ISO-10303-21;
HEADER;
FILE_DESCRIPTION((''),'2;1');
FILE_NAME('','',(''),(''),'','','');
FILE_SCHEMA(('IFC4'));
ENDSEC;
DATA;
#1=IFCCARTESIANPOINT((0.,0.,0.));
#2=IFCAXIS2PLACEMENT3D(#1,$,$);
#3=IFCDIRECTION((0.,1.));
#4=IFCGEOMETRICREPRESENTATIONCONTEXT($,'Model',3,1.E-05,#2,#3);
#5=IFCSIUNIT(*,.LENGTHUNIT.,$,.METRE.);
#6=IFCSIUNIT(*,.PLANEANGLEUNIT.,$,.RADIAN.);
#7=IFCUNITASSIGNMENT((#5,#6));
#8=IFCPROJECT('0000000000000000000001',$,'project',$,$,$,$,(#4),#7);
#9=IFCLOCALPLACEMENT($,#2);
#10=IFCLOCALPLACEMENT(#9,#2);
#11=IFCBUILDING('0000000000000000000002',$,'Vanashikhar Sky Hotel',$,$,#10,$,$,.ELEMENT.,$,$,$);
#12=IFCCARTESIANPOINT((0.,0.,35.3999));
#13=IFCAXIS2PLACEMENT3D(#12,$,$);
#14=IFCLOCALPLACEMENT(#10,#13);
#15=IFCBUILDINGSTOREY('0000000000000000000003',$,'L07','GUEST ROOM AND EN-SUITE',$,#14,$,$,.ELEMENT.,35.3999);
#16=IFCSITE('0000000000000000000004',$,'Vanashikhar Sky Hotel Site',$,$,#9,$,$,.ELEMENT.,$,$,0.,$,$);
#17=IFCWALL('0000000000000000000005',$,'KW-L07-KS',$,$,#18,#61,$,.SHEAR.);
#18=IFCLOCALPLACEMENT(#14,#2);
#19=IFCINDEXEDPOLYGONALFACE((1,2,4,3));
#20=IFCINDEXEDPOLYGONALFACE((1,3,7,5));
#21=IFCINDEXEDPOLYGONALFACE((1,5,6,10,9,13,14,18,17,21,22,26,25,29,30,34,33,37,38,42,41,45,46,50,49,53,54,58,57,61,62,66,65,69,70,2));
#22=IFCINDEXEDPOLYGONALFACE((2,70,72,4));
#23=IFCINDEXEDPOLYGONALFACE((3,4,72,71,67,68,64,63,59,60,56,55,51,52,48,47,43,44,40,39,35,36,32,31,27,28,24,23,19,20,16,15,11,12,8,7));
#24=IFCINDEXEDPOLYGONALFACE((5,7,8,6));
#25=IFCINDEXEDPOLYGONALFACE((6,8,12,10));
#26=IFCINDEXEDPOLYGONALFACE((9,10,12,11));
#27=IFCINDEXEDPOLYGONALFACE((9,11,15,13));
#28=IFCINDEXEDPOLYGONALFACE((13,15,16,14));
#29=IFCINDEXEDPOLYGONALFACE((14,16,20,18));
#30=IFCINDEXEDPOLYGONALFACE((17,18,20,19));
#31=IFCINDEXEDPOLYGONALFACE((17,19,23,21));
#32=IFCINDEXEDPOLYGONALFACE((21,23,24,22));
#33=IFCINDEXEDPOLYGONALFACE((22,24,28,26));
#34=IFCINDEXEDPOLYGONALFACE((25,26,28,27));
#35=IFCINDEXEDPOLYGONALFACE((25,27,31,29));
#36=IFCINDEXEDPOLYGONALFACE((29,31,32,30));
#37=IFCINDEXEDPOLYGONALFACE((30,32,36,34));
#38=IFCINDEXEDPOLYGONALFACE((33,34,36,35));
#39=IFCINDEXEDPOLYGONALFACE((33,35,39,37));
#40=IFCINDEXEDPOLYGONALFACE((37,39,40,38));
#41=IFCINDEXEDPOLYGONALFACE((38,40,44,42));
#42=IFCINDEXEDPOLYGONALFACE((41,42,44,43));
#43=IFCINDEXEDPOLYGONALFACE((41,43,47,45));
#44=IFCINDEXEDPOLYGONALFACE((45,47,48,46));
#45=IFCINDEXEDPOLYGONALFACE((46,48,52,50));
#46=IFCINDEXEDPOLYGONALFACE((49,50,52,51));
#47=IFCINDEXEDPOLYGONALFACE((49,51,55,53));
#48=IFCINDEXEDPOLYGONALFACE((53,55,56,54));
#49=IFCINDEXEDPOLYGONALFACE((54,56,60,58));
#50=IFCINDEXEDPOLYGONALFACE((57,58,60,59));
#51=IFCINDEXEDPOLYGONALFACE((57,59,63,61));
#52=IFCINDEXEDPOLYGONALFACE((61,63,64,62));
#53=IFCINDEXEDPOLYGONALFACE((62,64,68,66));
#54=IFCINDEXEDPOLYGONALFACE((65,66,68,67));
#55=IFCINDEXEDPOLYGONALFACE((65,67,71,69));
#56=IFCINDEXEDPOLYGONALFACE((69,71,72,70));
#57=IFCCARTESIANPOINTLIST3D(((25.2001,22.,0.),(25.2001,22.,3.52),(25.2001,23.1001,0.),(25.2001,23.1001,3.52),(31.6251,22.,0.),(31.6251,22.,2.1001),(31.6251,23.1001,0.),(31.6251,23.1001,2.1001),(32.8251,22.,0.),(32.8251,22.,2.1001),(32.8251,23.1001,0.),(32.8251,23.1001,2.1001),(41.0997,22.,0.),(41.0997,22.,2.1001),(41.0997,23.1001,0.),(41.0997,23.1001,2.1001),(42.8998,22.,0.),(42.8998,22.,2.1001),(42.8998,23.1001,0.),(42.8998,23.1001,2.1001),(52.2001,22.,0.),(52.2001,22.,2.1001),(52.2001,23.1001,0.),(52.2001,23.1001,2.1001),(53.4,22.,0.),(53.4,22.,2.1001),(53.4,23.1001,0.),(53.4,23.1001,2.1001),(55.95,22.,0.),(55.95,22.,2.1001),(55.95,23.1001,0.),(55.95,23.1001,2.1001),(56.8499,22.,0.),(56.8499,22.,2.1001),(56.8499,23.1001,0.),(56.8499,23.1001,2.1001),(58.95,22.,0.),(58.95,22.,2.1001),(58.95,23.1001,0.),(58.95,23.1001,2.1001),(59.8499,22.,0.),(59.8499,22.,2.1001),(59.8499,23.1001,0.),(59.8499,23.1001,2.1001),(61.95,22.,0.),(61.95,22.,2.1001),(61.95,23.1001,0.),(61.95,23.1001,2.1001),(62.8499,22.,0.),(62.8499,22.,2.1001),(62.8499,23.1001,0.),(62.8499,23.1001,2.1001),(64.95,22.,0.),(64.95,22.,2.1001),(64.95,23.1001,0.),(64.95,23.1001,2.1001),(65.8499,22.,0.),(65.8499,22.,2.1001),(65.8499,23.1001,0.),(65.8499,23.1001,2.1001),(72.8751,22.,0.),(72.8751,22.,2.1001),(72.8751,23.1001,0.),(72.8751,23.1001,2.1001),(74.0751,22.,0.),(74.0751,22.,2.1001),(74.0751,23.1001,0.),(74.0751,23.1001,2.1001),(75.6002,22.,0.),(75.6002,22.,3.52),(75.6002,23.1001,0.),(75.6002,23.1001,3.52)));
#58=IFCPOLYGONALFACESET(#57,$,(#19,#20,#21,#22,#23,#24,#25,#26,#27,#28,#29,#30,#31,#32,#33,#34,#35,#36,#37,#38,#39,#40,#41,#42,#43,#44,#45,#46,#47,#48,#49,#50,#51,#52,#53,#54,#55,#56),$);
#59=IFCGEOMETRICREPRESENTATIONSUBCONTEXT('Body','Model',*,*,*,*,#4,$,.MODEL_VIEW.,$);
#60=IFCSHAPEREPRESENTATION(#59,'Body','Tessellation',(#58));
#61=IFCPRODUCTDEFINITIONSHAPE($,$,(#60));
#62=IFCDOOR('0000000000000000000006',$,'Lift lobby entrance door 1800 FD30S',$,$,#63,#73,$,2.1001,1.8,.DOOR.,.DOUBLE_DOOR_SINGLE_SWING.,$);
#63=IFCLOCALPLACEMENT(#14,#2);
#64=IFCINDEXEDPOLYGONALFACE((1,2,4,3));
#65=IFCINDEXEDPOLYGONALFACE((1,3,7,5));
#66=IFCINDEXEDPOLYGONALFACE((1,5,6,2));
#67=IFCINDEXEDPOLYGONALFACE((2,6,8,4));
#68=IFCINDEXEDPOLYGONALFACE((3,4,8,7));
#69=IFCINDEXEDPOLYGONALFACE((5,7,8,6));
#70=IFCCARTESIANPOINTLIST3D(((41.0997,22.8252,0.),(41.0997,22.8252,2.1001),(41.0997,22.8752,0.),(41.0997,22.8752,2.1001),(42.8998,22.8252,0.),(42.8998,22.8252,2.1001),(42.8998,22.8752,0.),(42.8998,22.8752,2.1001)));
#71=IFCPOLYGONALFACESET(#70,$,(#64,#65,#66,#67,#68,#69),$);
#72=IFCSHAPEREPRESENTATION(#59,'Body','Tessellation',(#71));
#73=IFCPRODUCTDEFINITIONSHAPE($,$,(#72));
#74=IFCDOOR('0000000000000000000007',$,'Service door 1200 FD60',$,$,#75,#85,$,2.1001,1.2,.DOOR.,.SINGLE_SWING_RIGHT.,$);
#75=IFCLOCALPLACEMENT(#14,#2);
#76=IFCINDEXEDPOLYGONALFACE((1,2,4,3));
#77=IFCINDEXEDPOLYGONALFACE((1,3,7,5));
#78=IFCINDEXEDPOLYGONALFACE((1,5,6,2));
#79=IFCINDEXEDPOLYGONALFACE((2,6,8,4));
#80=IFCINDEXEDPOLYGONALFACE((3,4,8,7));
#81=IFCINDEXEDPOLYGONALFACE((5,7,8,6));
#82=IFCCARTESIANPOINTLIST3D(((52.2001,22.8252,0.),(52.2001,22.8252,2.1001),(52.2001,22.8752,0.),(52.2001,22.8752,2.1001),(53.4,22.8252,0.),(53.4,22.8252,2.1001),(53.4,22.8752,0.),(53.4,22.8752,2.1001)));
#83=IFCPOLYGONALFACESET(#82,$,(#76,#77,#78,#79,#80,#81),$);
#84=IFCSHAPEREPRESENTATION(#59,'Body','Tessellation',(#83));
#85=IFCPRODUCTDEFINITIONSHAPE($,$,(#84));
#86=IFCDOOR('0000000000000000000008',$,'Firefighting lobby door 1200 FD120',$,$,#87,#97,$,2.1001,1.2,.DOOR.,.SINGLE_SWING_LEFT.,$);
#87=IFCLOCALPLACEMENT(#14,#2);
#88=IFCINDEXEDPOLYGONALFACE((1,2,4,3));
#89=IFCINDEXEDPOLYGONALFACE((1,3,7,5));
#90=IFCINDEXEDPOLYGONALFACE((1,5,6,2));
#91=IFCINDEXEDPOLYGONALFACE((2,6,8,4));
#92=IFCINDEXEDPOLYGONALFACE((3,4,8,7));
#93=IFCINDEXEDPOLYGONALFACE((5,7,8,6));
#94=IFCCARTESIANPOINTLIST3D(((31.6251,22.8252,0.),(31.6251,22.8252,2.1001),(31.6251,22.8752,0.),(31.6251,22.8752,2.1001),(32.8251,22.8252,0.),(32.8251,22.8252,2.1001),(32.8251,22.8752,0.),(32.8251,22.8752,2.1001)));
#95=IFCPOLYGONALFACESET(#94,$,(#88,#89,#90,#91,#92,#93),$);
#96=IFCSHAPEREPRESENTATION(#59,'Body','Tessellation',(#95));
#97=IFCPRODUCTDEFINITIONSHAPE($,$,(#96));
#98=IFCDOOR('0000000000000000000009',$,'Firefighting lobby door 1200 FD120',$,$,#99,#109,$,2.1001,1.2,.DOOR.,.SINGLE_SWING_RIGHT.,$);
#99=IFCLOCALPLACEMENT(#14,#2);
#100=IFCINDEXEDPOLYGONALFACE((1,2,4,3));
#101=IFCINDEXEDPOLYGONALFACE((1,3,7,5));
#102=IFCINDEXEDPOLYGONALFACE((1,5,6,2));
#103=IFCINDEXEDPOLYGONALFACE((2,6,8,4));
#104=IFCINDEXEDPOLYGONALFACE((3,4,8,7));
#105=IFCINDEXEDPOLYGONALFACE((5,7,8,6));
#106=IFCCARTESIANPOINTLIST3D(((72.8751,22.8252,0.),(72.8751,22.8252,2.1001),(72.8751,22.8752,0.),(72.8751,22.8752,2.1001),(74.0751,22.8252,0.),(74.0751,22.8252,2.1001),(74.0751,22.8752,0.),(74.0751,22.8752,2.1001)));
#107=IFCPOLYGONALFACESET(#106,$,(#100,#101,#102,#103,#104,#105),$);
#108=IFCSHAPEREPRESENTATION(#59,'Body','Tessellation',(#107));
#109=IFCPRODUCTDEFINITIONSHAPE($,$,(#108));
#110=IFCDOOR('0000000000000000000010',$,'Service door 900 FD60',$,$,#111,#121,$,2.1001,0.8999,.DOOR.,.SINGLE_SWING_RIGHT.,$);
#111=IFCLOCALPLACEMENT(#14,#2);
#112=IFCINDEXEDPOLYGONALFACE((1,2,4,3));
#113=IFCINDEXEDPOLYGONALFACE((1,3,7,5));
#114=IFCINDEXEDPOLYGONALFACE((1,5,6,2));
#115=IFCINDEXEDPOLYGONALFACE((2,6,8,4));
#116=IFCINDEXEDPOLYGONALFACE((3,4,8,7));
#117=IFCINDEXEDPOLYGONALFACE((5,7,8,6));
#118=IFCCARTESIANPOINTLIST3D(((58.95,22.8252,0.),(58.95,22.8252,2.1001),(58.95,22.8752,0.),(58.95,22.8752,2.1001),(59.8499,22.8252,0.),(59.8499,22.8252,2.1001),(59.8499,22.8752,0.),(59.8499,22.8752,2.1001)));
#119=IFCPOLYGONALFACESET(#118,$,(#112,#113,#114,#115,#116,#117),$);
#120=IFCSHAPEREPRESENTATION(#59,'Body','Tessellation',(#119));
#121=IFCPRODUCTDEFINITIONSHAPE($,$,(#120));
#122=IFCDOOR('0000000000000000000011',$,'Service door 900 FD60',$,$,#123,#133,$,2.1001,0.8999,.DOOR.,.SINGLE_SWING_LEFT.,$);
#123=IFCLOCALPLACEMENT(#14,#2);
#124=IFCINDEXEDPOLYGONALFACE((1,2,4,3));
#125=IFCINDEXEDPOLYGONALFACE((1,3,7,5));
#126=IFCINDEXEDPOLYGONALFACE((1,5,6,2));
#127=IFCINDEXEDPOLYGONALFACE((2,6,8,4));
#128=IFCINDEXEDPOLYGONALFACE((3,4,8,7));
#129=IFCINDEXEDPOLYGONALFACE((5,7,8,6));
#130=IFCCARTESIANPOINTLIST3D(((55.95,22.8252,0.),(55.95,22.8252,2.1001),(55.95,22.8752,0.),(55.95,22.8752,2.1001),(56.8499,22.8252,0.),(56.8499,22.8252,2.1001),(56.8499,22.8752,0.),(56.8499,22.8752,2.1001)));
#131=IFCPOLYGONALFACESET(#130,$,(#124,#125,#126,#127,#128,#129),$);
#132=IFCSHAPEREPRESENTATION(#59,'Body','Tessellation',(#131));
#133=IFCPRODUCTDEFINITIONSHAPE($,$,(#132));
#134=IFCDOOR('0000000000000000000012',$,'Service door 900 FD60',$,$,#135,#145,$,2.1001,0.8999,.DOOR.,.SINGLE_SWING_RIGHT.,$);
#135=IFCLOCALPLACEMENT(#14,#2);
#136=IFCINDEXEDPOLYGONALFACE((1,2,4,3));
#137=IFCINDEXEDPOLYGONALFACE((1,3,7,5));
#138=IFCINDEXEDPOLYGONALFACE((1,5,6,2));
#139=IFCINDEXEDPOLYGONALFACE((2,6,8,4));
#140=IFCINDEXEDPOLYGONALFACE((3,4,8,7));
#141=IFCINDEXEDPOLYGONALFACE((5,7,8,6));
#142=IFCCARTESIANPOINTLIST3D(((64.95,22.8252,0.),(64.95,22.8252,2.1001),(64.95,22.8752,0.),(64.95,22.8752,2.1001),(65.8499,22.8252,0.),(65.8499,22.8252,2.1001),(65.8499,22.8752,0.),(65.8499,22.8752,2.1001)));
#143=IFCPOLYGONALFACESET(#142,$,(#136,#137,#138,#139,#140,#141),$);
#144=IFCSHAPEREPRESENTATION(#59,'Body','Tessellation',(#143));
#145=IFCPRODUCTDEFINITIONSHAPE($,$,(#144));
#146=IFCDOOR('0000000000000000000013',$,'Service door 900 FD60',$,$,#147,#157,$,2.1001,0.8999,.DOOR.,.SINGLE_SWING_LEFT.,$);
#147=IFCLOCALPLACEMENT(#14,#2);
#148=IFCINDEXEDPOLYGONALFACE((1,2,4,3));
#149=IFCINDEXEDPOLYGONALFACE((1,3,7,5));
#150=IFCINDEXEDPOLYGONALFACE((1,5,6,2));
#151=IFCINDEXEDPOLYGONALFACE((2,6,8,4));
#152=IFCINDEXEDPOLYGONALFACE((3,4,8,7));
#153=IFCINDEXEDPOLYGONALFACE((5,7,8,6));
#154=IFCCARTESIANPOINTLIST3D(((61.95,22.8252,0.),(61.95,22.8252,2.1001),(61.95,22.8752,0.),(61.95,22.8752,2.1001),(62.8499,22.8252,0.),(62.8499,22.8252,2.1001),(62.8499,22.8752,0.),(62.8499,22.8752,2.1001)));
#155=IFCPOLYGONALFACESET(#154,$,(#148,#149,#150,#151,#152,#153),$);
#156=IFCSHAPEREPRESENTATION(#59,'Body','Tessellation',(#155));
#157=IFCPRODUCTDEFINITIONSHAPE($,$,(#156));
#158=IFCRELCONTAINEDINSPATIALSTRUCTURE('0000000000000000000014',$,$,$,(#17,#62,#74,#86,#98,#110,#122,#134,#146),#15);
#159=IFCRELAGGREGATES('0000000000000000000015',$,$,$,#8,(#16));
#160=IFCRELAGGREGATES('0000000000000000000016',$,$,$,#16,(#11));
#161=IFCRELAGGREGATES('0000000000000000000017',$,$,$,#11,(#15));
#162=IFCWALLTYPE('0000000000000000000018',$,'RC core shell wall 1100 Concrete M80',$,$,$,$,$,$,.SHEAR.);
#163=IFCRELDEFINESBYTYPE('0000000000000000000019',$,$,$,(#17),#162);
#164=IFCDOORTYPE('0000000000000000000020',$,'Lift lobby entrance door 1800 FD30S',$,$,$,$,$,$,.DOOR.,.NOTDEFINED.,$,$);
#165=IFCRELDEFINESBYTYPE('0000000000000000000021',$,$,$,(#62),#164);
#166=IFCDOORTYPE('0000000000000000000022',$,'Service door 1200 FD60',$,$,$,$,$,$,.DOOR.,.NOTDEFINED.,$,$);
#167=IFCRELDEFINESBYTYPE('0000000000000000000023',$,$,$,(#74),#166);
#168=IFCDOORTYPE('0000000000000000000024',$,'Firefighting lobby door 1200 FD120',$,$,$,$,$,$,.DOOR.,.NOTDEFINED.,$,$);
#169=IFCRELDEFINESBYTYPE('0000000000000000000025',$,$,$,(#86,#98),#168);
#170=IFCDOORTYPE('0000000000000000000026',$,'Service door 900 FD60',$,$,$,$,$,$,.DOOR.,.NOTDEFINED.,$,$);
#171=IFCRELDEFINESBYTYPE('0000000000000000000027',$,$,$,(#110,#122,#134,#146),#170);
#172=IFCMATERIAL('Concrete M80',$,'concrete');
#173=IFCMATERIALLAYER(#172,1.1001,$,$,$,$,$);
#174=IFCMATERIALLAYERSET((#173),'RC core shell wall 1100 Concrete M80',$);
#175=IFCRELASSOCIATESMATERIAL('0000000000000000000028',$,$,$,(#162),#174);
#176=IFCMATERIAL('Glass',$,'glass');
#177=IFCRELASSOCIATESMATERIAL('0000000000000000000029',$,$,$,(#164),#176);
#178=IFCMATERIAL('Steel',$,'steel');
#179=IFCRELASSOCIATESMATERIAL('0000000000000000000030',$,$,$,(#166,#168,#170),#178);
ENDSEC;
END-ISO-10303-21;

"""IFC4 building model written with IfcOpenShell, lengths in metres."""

from ifc_helpers import new_model, si_unit, direction, frame, frame_2d, origin, place, context, subcontext, project, spatial, rectangle, extrude, source, transform, mapped, material, layer, layer_set, type_object, element, fill, save


model = new_model("IFC4")

# Units and contexts
model_context = context("Model", 3, precision=1e-05, world=origin(), true_north=direction((0.0, 1.0)))
body_context = subcontext(model_context, "Body", "Model", "MODEL_VIEW")
ifc_project = project(units=[si_unit("LENGTHUNIT", "METRE"), si_unit("PLANEANGLEUNIT", "RADIAN")], contexts=[model_context])

# Site, building, storey
site_placement = place(None, origin())
site = spatial("IfcSite", under=ifc_project, at=site_placement, Name="Vanashikhar Sky Hotel Site", CompositionType="ELEMENT", RefElevation=0.0)
building_placement = place(site_placement, origin())
building = spatial("IfcBuilding", under=site, at=building_placement, Name="Vanashikhar Sky Hotel", CompositionType="ELEMENT")
storey_placement = place(building_placement, frame((0.0, 0.0, 35.3999)))
storey = spatial("IfcBuildingStorey", under=building, at=storey_placement, Name="L07", Description="GUEST ROOM AND EN-SUITE", CompositionType="ELEMENT", Elevation=35.3999)

# Wall, openings, doors
ifc_material_1 = material(Name="Concrete M80", Category="concrete")
ifc_layer_1 = layer(ifc_material_1, 1.1001)
ifc_layer_set_1 = layer_set([ifc_layer_1], Name="RC core shell wall 1100 Concrete M80")
wall_type_1 = type_object("IfcWallType", Name="RC core shell wall 1100 Concrete M80", PredefinedType="SHEAR", material=ifc_layer_set_1)
shared_shape_1 = source(origin(), body_context, "Body", "SweptSolid", [
    extrude(rectangle(XDim=50.4001, YDim=1.1001, at=frame_2d((25.2002, 0.0))), origin(), (0.0, 0.0, 1.0), 3.52),
])
wall_1_placement = place(storey_placement, frame((25.2, 22.55, 0.0), z_axis=(0.0, 0.0, 1.0), x_axis=(1.0, 0.0, 0.0)))
wall_1 = element("IfcWall", 1, at=wall_1_placement, inside=storey, type_object=wall_type_1, Name="KW-L07-KS", PredefinedType="SHEAR", context=body_context, shape_type="MappedRepresentation", body=[
    mapped(shared_shape_1, transform((0.0, 0.0, 0.0), scale=1.0)),
])
shared_shape_2 = source(origin(), body_context, "Body", "SweptSolid", [
    extrude(rectangle(XDim=1.8, YDim=2.1001, at=frame_2d((0.8999, 1.05))), frame((0.0, 0.5601, 0.0), z_axis=(0.0, -1.0, 0.0), x_axis=(1.0, 0.0, 0.0)), (0.0, 0.0, 1.0), 1.1201),
])
opening_1_placement = place(wall_1_placement, frame((15.8999, 0.0, 0.0)))
opening_1 = element("IfcOpeningElement", 2, at=opening_1_placement, cuts=wall_1, PredefinedType="OPENING", context=body_context, shape_type="MappedRepresentation", body=[
    mapped(shared_shape_2, transform((0.0, 0.0, 0.0), scale=1.0)),
])
shared_shape_3 = source(origin(), body_context, "Body", "SweptSolid", [
    extrude(rectangle(XDim=1.2, YDim=2.1001, at=frame_2d((0.6001, 1.05))), frame((0.0, 0.5601, 0.0), z_axis=(0.0, -1.0, 0.0), x_axis=(1.0, 0.0, 0.0)), (0.0, 0.0, 1.0), 1.1201),
])
opening_2_placement = place(wall_1_placement, frame((27.0, 0.0, 0.0)))
opening_2 = element("IfcOpeningElement", 3, at=opening_2_placement, cuts=wall_1, PredefinedType="OPENING", context=body_context, shape_type="MappedRepresentation", body=[
    mapped(shared_shape_3, transform((0.0, 0.0, 0.0), scale=1.0)),
])
shared_shape_4 = source(origin(), body_context, "Body", "SweptSolid", [
    extrude(rectangle(XDim=0.8999, YDim=2.1001, at=frame_2d((0.45, 1.05))), frame((0.0, 0.5601, 0.0), z_axis=(0.0, -1.0, 0.0), x_axis=(1.0, 0.0, 0.0)), (0.0, 0.0, 1.0), 1.1201),
])
opening_3_placement = place(wall_1_placement, frame((33.75, 0.0, 0.0)))
opening_3 = element("IfcOpeningElement", 4, at=opening_3_placement, cuts=wall_1, PredefinedType="OPENING", context=body_context, shape_type="MappedRepresentation", body=[
    mapped(shared_shape_4, transform((0.0, 0.0, 0.0), scale=1.0)),
])
opening_4_placement = place(wall_1_placement, frame((30.75, 0.0, 0.0)))
opening_4 = element("IfcOpeningElement", 5, at=opening_4_placement, cuts=wall_1, PredefinedType="OPENING", context=body_context, shape_type="MappedRepresentation", body=[
    mapped(shared_shape_4, transform((0.0, 0.0, 0.0), scale=1.0)),
])
opening_5_placement = place(wall_1_placement, frame((39.75, 0.0, 0.0)))
opening_5 = element("IfcOpeningElement", 6, at=opening_5_placement, cuts=wall_1, PredefinedType="OPENING", context=body_context, shape_type="MappedRepresentation", body=[
    mapped(shared_shape_4, transform((0.0, 0.0, 0.0), scale=1.0)),
])
opening_6_placement = place(wall_1_placement, frame((36.75, 0.0, 0.0)))
opening_6 = element("IfcOpeningElement", 7, at=opening_6_placement, cuts=wall_1, PredefinedType="OPENING", context=body_context, shape_type="MappedRepresentation", body=[
    mapped(shared_shape_4, transform((0.0, 0.0, 0.0), scale=1.0)),
])
opening_7_placement = place(wall_1_placement, frame((6.425, 0.0, 0.0)))
opening_7 = element("IfcOpeningElement", 8, at=opening_7_placement, cuts=wall_1, PredefinedType="OPENING", context=body_context, shape_type="MappedRepresentation", body=[
    mapped(shared_shape_3, transform((0.0, 0.0, 0.0), scale=1.0)),
])
opening_8_placement = place(wall_1_placement, frame((47.675, 0.0, 0.0)))
opening_8 = element("IfcOpeningElement", 9, at=opening_8_placement, cuts=wall_1, PredefinedType="OPENING", context=body_context, shape_type="MappedRepresentation", body=[
    mapped(shared_shape_3, transform((0.0, 0.0, 0.0), scale=1.0)),
])
ifc_material_2 = material(Name="Glass", Category="glass")
door_type_1 = type_object("IfcDoorType", Name="Lift lobby entrance door 1800 FD30S", OperationType="NOTDEFINED", PredefinedType="DOOR", material=ifc_material_2)
shared_shape_5 = source(origin(), body_context, "Body", "SweptSolid", [
    extrude(rectangle(XDim=1.8, YDim=2.1001, at=frame_2d((0.8999, 1.05))), frame((0.0, 0.3252, 0.0), z_axis=(0.0, -1.0, 0.0), x_axis=(1.0, 0.0, 0.0)), (0.0, 0.0, 1.0), 0.05),
])
door_1_placement = place(opening_1_placement, origin())
door_1 = element("IfcDoor", 10, at=door_1_placement, inside=storey, type_object=door_type_1, Name="Lift lobby entrance door 1800 FD30S", OperationType="DOUBLE_DOOR_SINGLE_SWING", OverallHeight=2.1001, OverallWidth=1.8, PredefinedType="DOOR", context=body_context, shape_type="MappedRepresentation", body=[
    mapped(shared_shape_5, transform((0.0, 0.0, 0.0), scale=1.0)),
])
fill(opening_1, door_1)
ifc_material_3 = material(Name="Steel", Category="steel")
door_type_2 = type_object("IfcDoorType", Name="Service door 1200 FD60", OperationType="NOTDEFINED", PredefinedType="DOOR", material=ifc_material_3)
shared_shape_6 = source(origin(), body_context, "Body", "SweptSolid", [
    extrude(rectangle(XDim=1.2, YDim=2.1001, at=frame_2d((0.6001, 1.05))), frame((0.0, 0.3252, 0.0), z_axis=(0.0, -1.0, 0.0), x_axis=(1.0, 0.0, 0.0)), (0.0, 0.0, 1.0), 0.05),
])
door_2_placement = place(opening_2_placement, origin())
door_2 = element("IfcDoor", 11, at=door_2_placement, inside=storey, type_object=door_type_2, Name="Service door 1200 FD60", OperationType="SINGLE_SWING_RIGHT", OverallHeight=2.1001, OverallWidth=1.2, PredefinedType="DOOR", context=body_context, shape_type="MappedRepresentation", body=[
    mapped(shared_shape_6, transform((0.0, 0.0, 0.0), scale=1.0)),
])
fill(opening_2, door_2)
door_type_3 = type_object("IfcDoorType", Name="Firefighting lobby door 1200 FD120", OperationType="NOTDEFINED", PredefinedType="DOOR", material=ifc_material_3)
door_3_placement = place(opening_7_placement, origin())
door_3 = element("IfcDoor", 12, at=door_3_placement, inside=storey, type_object=door_type_3, Name="Firefighting lobby door 1200 FD120", OperationType="SINGLE_SWING_LEFT", OverallHeight=2.1001, OverallWidth=1.2, PredefinedType="DOOR", context=body_context, shape_type="MappedRepresentation", body=[
    mapped(shared_shape_6, transform((0.0, 0.0, 0.0), scale=1.0)),
])
fill(opening_7, door_3)
door_4_placement = place(opening_8_placement, origin())
door_4 = element("IfcDoor", 13, at=door_4_placement, inside=storey, type_object=door_type_3, Name="Firefighting lobby door 1200 FD120", OperationType="SINGLE_SWING_RIGHT", OverallHeight=2.1001, OverallWidth=1.2, PredefinedType="DOOR", context=body_context, shape_type="MappedRepresentation", body=[
    mapped(shared_shape_6, transform((0.0, 0.0, 0.0), scale=1.0)),
])
fill(opening_8, door_4)
door_type_4 = type_object("IfcDoorType", Name="Service door 900 FD60", OperationType="NOTDEFINED", PredefinedType="DOOR", material=ifc_material_3)
shared_shape_7 = source(origin(), body_context, "Body", "SweptSolid", [
    extrude(rectangle(XDim=0.8999, YDim=2.1001, at=frame_2d((0.45, 1.05))), frame((0.0, 0.3252, 0.0), z_axis=(0.0, -1.0, 0.0), x_axis=(1.0, 0.0, 0.0)), (0.0, 0.0, 1.0), 0.05),
])
door_5_placement = place(opening_3_placement, origin())
door_5 = element("IfcDoor", 14, at=door_5_placement, inside=storey, type_object=door_type_4, Name="Service door 900 FD60", OperationType="SINGLE_SWING_RIGHT", OverallHeight=2.1001, OverallWidth=0.8999, PredefinedType="DOOR", context=body_context, shape_type="MappedRepresentation", body=[
    mapped(shared_shape_7, transform((0.0, 0.0, 0.0), scale=1.0)),
])
fill(opening_3, door_5)
door_6_placement = place(opening_4_placement, origin())
door_6 = element("IfcDoor", 15, at=door_6_placement, inside=storey, type_object=door_type_4, Name="Service door 900 FD60", OperationType="SINGLE_SWING_LEFT", OverallHeight=2.1001, OverallWidth=0.8999, PredefinedType="DOOR", context=body_context, shape_type="MappedRepresentation", body=[
    mapped(shared_shape_7, transform((0.0, 0.0, 0.0), scale=1.0)),
])
fill(opening_4, door_6)
door_7_placement = place(opening_5_placement, origin())
door_7 = element("IfcDoor", 16, at=door_7_placement, inside=storey, type_object=door_type_4, Name="Service door 900 FD60", OperationType="SINGLE_SWING_RIGHT", OverallHeight=2.1001, OverallWidth=0.8999, PredefinedType="DOOR", context=body_context, shape_type="MappedRepresentation", body=[
    mapped(shared_shape_7, transform((0.0, 0.0, 0.0), scale=1.0)),
])
fill(opening_5, door_7)
door_8_placement = place(opening_6_placement, origin())
door_8 = element("IfcDoor", 17, at=door_8_placement, inside=storey, type_object=door_type_4, Name="Service door 900 FD60", OperationType="SINGLE_SWING_LEFT", OverallHeight=2.1001, OverallWidth=0.8999, PredefinedType="DOOR", context=body_context, shape_type="MappedRepresentation", body=[
    mapped(shared_shape_7, transform((0.0, 0.0, 0.0), scale=1.0)),
])
fill(opening_6, door_8)

save(model, "model.ifc")
